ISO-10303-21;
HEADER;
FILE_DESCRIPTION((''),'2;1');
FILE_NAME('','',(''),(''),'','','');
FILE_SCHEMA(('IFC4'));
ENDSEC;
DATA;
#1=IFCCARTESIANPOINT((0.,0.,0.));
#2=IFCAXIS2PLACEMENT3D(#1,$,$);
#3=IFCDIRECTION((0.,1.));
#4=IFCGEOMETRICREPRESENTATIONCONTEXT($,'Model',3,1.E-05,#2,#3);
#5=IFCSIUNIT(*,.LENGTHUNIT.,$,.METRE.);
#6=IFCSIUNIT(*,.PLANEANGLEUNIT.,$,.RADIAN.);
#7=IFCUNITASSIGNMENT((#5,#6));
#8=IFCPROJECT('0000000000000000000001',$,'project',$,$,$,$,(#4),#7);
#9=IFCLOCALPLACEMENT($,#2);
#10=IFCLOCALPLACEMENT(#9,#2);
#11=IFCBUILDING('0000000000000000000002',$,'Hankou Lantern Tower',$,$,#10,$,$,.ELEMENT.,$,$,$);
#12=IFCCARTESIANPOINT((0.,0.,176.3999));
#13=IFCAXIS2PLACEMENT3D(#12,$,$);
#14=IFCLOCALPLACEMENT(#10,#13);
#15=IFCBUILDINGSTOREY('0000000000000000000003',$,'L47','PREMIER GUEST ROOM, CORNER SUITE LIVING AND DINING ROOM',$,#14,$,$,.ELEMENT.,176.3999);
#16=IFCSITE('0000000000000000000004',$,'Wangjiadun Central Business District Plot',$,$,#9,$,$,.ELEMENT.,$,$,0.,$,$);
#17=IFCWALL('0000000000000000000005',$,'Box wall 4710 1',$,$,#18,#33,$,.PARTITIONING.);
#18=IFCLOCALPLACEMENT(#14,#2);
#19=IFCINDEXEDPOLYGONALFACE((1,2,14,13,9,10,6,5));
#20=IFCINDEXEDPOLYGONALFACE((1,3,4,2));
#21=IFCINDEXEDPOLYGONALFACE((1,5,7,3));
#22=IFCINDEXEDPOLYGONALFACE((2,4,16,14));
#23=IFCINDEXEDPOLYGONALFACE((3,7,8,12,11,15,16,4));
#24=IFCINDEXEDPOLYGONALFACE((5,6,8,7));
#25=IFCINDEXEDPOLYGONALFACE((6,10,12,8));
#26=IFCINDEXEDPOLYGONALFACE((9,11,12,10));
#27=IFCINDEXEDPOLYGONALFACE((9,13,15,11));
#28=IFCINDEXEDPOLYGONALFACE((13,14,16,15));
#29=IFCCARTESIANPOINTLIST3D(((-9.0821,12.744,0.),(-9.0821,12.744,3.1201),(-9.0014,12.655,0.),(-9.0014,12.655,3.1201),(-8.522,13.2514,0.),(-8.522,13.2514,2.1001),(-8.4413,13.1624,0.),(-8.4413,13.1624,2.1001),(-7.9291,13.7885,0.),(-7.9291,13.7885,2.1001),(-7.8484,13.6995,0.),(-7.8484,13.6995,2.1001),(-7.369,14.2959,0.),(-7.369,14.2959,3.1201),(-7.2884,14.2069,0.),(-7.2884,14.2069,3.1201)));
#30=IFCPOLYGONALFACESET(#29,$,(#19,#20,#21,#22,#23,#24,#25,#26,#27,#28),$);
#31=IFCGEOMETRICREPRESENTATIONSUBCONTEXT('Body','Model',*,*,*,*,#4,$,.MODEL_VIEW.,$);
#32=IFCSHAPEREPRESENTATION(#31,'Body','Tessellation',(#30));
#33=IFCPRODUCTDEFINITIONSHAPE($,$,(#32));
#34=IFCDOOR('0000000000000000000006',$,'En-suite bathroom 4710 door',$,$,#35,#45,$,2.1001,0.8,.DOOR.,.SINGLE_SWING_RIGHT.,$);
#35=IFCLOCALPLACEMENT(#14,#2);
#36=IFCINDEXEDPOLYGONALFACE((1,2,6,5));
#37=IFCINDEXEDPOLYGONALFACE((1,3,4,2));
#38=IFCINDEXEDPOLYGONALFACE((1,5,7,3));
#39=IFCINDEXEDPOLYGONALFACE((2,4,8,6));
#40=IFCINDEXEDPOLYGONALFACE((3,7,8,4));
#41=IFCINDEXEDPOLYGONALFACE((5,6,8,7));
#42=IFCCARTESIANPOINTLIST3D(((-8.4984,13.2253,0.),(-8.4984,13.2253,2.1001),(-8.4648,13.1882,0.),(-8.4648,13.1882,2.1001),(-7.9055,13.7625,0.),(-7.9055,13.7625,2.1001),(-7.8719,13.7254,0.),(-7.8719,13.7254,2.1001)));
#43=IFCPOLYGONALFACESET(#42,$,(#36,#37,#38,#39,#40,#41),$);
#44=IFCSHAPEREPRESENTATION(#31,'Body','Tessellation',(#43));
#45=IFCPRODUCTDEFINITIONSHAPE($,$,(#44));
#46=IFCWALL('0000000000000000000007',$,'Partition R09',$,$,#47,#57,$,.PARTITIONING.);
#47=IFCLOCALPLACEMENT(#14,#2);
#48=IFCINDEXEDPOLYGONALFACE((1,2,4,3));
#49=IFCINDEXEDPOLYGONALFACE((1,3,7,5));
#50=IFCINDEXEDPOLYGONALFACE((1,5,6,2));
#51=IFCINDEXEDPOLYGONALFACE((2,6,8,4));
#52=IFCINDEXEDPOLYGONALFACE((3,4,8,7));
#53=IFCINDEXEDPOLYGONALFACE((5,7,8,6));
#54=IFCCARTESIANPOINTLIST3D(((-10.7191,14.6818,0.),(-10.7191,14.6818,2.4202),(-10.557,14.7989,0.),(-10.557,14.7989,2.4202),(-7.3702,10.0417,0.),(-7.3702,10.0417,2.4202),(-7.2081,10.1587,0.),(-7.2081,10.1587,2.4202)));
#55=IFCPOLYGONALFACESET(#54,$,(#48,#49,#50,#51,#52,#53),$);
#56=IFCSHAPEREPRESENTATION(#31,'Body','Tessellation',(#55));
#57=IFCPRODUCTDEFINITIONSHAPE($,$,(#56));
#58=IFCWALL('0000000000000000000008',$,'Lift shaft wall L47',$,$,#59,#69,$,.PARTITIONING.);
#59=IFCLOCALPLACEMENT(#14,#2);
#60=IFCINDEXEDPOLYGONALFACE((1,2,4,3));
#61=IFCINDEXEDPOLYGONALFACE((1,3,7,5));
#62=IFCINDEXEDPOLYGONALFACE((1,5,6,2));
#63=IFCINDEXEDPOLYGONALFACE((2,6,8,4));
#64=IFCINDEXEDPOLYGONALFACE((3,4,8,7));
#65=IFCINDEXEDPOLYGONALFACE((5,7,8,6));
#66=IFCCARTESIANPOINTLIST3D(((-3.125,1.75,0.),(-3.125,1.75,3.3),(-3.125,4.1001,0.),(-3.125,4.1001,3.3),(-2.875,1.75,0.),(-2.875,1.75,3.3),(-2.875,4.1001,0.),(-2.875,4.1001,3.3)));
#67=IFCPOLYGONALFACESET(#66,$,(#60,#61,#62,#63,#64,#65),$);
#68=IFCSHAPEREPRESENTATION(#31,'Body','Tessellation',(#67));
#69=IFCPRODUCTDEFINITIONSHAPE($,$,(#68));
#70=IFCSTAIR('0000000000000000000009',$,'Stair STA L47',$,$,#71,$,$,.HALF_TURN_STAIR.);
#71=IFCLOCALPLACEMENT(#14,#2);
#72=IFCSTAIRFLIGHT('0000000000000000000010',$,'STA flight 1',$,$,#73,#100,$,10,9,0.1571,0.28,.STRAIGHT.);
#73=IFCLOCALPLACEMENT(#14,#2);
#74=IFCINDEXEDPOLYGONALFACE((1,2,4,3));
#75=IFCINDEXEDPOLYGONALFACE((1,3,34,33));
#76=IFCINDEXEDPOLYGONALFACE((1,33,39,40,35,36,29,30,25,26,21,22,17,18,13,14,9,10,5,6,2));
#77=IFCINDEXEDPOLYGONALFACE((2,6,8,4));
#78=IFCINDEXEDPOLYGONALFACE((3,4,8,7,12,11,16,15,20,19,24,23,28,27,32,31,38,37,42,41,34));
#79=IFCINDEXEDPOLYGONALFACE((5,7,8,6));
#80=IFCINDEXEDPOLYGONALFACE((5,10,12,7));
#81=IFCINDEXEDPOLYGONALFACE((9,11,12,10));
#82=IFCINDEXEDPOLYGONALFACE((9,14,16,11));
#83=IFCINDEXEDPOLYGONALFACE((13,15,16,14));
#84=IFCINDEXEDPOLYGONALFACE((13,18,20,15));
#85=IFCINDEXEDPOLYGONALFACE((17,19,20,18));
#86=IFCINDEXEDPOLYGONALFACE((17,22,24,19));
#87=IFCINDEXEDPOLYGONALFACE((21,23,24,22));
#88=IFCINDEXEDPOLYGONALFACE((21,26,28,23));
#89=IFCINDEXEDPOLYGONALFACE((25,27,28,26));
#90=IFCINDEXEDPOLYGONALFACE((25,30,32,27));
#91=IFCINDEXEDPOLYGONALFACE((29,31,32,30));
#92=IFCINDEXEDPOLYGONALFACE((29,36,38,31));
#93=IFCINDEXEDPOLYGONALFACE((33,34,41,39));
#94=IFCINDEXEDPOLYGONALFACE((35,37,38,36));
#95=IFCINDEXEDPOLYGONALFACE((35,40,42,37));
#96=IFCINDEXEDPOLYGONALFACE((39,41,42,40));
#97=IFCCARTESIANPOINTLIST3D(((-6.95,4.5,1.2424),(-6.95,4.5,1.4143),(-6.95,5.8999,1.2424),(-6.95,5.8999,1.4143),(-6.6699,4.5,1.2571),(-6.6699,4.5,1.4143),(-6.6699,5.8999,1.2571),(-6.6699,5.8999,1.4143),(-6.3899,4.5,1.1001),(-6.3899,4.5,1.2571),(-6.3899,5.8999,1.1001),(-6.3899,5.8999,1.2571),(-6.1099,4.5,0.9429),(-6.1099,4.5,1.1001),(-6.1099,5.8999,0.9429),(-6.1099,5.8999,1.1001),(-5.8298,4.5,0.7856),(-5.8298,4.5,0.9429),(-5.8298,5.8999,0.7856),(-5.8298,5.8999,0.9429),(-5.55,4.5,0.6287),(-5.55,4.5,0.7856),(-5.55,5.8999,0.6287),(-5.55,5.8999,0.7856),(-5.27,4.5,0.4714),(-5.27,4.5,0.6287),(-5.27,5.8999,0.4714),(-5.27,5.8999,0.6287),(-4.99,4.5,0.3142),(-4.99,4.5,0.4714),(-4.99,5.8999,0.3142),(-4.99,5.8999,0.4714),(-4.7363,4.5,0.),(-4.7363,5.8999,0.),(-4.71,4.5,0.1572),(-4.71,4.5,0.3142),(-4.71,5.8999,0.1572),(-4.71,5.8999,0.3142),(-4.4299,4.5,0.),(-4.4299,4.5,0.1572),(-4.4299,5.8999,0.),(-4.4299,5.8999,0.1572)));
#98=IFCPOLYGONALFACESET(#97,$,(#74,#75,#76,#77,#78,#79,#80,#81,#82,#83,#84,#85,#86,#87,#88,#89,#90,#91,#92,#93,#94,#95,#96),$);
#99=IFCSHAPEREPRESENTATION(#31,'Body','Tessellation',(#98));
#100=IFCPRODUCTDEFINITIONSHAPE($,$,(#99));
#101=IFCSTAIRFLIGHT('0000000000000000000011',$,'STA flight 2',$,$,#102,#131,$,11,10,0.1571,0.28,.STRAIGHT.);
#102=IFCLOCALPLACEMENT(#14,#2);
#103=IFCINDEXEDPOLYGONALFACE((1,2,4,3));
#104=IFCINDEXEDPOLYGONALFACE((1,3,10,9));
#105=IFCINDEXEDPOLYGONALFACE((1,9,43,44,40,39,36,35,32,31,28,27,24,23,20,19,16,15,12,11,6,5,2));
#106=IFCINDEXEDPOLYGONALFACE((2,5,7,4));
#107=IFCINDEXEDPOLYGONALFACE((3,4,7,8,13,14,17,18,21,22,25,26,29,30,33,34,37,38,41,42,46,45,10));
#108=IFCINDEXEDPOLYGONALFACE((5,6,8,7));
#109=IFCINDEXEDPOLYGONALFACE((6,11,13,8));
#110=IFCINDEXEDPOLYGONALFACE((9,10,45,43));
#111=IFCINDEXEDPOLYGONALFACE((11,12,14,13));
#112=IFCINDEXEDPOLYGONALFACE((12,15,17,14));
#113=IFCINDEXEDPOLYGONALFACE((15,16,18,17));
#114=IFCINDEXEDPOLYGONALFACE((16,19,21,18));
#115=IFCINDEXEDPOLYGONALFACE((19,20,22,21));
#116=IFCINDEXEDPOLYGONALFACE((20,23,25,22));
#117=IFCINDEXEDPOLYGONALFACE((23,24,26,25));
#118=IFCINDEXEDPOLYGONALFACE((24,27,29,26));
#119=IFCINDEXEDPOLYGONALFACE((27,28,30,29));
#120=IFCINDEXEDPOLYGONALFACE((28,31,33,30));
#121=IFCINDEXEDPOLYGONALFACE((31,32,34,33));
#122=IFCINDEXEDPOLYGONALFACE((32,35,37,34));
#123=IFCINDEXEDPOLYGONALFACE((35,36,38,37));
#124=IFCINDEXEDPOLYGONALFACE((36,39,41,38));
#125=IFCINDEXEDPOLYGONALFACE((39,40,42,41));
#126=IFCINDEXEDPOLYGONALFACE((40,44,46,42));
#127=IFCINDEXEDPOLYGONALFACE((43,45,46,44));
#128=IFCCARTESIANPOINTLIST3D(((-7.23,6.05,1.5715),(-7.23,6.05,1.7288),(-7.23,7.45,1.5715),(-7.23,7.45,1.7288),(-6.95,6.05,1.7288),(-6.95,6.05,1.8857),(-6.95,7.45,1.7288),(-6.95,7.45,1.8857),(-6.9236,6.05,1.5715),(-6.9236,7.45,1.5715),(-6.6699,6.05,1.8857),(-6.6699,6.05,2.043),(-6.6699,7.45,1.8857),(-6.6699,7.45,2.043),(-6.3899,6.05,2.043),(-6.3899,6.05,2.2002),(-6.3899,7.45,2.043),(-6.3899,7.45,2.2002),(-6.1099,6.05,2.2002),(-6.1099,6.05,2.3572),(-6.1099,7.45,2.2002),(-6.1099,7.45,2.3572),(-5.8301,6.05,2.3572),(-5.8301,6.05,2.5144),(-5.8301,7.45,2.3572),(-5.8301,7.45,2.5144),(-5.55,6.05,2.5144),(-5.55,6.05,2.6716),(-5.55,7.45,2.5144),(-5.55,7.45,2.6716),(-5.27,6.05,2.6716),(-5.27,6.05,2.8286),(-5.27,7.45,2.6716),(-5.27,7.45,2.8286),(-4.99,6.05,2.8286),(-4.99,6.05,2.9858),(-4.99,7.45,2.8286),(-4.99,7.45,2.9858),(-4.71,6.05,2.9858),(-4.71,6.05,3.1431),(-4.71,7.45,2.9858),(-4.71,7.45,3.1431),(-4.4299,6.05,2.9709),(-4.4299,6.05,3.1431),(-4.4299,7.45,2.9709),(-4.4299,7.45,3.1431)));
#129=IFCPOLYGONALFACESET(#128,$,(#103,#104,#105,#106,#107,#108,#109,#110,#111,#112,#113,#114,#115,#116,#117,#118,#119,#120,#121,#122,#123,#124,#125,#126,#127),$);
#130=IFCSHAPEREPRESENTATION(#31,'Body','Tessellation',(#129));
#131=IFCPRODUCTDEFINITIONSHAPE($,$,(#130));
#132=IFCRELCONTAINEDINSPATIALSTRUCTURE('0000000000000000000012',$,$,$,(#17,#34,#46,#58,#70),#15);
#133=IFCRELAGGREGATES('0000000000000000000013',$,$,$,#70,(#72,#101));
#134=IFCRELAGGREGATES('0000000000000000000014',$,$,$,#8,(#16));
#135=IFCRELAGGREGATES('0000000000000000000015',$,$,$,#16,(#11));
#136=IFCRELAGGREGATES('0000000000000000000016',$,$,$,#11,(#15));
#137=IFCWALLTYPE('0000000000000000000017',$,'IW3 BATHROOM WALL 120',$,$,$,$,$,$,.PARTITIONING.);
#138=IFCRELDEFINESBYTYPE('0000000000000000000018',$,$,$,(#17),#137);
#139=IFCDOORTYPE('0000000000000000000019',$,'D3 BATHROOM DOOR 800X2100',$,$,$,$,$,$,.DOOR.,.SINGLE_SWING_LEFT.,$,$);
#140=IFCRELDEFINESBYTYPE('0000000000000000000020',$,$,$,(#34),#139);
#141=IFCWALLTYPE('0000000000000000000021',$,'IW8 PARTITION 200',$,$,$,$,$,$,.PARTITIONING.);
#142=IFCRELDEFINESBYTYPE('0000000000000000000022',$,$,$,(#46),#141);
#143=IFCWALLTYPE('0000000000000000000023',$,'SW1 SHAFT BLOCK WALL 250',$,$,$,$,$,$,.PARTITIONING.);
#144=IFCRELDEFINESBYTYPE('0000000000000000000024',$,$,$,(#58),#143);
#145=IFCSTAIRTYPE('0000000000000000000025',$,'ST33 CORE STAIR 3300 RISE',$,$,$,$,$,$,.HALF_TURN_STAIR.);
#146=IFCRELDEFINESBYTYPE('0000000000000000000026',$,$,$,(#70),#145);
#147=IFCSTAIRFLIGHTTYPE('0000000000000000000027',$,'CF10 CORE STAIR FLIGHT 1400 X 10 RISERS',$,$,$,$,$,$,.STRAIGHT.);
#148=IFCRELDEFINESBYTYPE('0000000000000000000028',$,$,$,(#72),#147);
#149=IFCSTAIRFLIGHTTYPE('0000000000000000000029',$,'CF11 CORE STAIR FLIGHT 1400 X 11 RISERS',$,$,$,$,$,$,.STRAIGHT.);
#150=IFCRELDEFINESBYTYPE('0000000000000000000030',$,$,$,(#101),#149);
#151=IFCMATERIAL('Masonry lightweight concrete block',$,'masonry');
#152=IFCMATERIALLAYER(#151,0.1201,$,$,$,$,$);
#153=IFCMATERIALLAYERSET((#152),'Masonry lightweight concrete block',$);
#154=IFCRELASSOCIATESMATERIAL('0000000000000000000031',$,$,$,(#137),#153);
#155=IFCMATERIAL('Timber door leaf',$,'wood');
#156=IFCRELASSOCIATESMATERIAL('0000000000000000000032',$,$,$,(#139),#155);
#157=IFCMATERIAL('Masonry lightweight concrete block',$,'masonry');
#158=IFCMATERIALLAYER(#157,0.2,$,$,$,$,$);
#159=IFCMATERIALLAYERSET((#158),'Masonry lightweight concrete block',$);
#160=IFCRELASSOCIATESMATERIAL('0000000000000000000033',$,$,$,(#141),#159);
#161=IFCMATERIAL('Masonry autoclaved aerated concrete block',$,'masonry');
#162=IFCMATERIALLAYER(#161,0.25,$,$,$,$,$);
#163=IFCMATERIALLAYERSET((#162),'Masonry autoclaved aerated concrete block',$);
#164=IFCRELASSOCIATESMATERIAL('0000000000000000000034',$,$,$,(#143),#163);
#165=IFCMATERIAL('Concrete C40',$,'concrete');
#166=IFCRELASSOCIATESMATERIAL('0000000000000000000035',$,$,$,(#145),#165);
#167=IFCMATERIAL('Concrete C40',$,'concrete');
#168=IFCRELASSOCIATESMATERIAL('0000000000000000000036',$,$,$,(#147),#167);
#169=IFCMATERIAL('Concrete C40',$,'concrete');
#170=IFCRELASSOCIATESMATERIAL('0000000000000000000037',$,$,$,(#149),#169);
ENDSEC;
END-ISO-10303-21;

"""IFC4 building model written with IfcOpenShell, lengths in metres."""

from ifc_helpers import new_model, si_unit, direction, frame, frame_2d, origin, place, context, subcontext, project, spatial, polyline, rectangle, outline, extrude, material, layer, layer_set, type_object, element, fill, aggregate, save


model = new_model("IFC4")

# Units and contexts
model_context = context("Model", 3, precision=1e-05, world=origin(), true_north=direction((0.0, 1.0)))
body_context = subcontext(model_context, "Body", "Model", "MODEL_VIEW")
ifc_project = project(units=[si_unit("LENGTHUNIT", "METRE"), si_unit("PLANEANGLEUNIT", "RADIAN")], contexts=[model_context])

# Site, building, storey
site_placement = place(None, origin())
site = spatial("IfcSite", under=ifc_project, at=site_placement, Name="Wangjiadun Central Business District Plot", CompositionType="ELEMENT", RefElevation=0.0)
building_placement = place(site_placement, origin())
building = spatial("IfcBuilding", under=site, at=building_placement, Name="Hankou Lantern Tower", CompositionType="ELEMENT")
storey_placement = place(building_placement, frame((0.0, 0.0, 176.3999)))
storey = spatial("IfcBuildingStorey", under=building, at=storey_placement, Name="L47", Description="PREMIER GUEST ROOM, CORNER SUITE LIVING AND DINING ROOM", CompositionType="ELEMENT", Elevation=176.3999)

# Wall, opening, door
ifc_material_1 = material(Name="Masonry lightweight concrete block", Category="masonry")
ifc_layer_1 = layer(ifc_material_1, 0.1201)
ifc_layer_set_1 = layer_set([ifc_layer_1], Name="Masonry lightweight concrete block")
wall_type_1 = type_object("IfcWallType", Name="IW3 BATHROOM WALL 120", PredefinedType="PARTITIONING", material=ifc_layer_set_1)
wall_1_placement = place(storey_placement, frame((-9.0417, 12.6995, 0.0), z_axis=(0.0, 0.0, 1.0), x_axis=(0.7411, 0.671394, 0.0)))
wall_1 = element("IfcWall", 1, at=wall_1_placement, inside=storey, type_object=wall_type_1, Name="Box wall 4710 1", PredefinedType="PARTITIONING", context=body_context, shape_type="SweptSolid", body=[
    extrude(rectangle(XDim=2.3115, YDim=0.1201, at=frame_2d((1.1558, 0.0))), origin(), (0.0, 0.0, 1.0), 3.1201),
])
opening_1_placement = place(wall_1_placement, frame((0.7559, 0.0, 0.0)))
opening_1 = element("IfcOpeningElement", 2, at=opening_1_placement, cuts=wall_1, PredefinedType="OPENING", context=body_context, shape_type="SweptSolid", body=[
    extrude(rectangle(XDim=0.8, YDim=2.1001, at=frame_2d((0.3999, 1.05))), frame((0.0, 0.0701, 0.0), z_axis=(0.0, -1.0, 0.0), x_axis=(1.0, 0.0, 0.0)), (0.0, 0.0, 1.0), 0.1401),
])
ifc_material_2 = material(Name="Timber door leaf", Category="wood")
door_type_1 = type_object("IfcDoorType", Name="D3 BATHROOM DOOR 800X2100", OperationType="SINGLE_SWING_LEFT", PredefinedType="DOOR", material=ifc_material_2)
door_1_placement = place(opening_1_placement, origin())
door_1 = element("IfcDoor", 3, at=door_1_placement, inside=storey, type_object=door_type_1, Name="En-suite bathroom 4710 door", OperationType="SINGLE_SWING_RIGHT", OverallHeight=2.1001, OverallWidth=0.8, PredefinedType="DOOR", context=body_context, shape_type="SweptSolid", body=[
    extrude(rectangle(XDim=0.8, YDim=2.1001, at=frame_2d((0.3999, 1.05))), frame((0.0, 0.0249, 0.0), z_axis=(0.0, -1.0, 0.0), x_axis=(1.0, 0.0, 0.0)), (0.0, 0.0, 1.0), 0.05),
])
fill(opening_1, door_1)

# Walls
ifc_material_3 = material(Name="Masonry lightweight concrete block", Category="masonry")
ifc_layer_2 = layer(ifc_material_3, 0.2)
ifc_layer_set_2 = layer_set([ifc_layer_2], Name="Masonry lightweight concrete block")
wall_type_2 = type_object("IfcWallType", Name="IW8 PARTITION 200", PredefinedType="PARTITIONING", material=ifc_layer_set_2)
wall_2_placement = place(storey_placement, frame((-7.2891, 10.1001, 0.0), z_axis=(0.0, 0.0, 1.0), x_axis=(-0.585223, 0.810873, 0.0)))
element("IfcWall", 4, at=wall_2_placement, inside=storey, type_object=wall_type_2, Name="Partition R09", PredefinedType="PARTITIONING", context=body_context, shape_type="SweptSolid", body=[
    extrude(rectangle(XDim=5.7224, YDim=0.2, at=frame_2d((2.8613, 0.0))), origin(), (0.0, 0.0, 1.0), 2.4202),
])
ifc_material_4 = material(Name="Masonry autoclaved aerated concrete block", Category="masonry")
ifc_layer_3 = layer(ifc_material_4, 0.25)
ifc_layer_set_3 = layer_set([ifc_layer_3], Name="Masonry autoclaved aerated concrete block")
wall_type_3 = type_object("IfcWallType", Name="SW1 SHAFT BLOCK WALL 250", PredefinedType="PARTITIONING", material=ifc_layer_set_3)
wall_3_placement = place(storey_placement, frame((-3.0, 1.75, 0.0), z_axis=(0.0, 0.0, 1.0), x_axis=(0.0, 1.0, 0.0)))
element("IfcWall", 5, at=wall_3_placement, inside=storey, type_object=wall_type_3, Name="Lift shaft wall L47", PredefinedType="PARTITIONING", context=body_context, shape_type="SweptSolid", body=[
    extrude(rectangle(XDim=2.3501, YDim=0.25, at=frame_2d((1.175, 0.0))), origin(), (0.0, 0.0, 1.0), 3.3),
])

# Stair, stair flights
ifc_material_5 = material(Name="Concrete C40", Category="concrete")
stair_type = type_object("IfcStairType", Name="ST33 CORE STAIR 3300 RISE", PredefinedType="HALF_TURN_STAIR", material=ifc_material_5)
stair_placement = place(storey_placement, origin())
stair = element("IfcStair", 6, at=stair_placement, inside=storey, type_object=stair_type, Name="Stair STA L47", PredefinedType="HALF_TURN_STAIR")
ifc_material_6 = material(Name="Concrete C40", Category="concrete")
stair_flight_type_1 = type_object("IfcStairFlightType", Name="CF10 CORE STAIR FLIGHT 1400 X 10 RISERS", PredefinedType="STRAIGHT", material=ifc_material_6)
stair_flight_1_placement = place(storey_placement, frame((-4.4299, 5.2, 0.0), z_axis=(0.0, 0.0, 1.0), x_axis=(-1.0, 0.0, 0.0)))
stair_flight_1 = element("IfcStairFlight", 7, at=stair_flight_1_placement, type_object=stair_flight_type_1, Name="STA flight 1", NumberOfRisers=10, NumberOfTreads=9, PredefinedType="STRAIGHT", RiserHeight=0.1571, TreadLength=0.28, context=body_context, shape_type="SweptSolid", body=[
    extrude(outline(polyline([(0.0, 0.0), (0.0, 0.1572), (0.28, 0.1572), (0.28, 0.3142), (0.5601, 0.3142), (0.5601, 0.4714), (0.8401, 0.4714), (0.8401, 0.6287), (1.1201, 0.6287), (1.1201, 0.7856), (1.3999, 0.7856), (1.3999, 0.9429), (1.6799, 0.9429), (1.6799, 1.1001), (1.96, 1.1001), (1.96, 1.2571), (2.24, 1.2571), (2.24, 1.4143), (2.52, 1.4143), (2.52, 1.5715), (2.52, 1.2424), (0.3064, 0.0), (0.0, 0.0)])), frame((0.0, 0.7, 0.0), z_axis=(0.0, -1.0, 0.0), x_axis=(1.0, 0.0, 0.0)), (0.0, 0.0, 1.0), 1.3999),
])
ifc_material_7 = material(Name="Concrete C40", Category="concrete")
stair_flight_type_2 = type_object("IfcStairFlightType", Name="CF11 CORE STAIR FLIGHT 1400 X 11 RISERS", PredefinedType="STRAIGHT", material=ifc_material_7)
stair_flight_2_placement = place(storey_placement, frame((-7.23, 6.75, 1.5715), z_axis=(0.0, 0.0, 1.0), x_axis=(1.0, 0.0, 0.0)))
stair_flight_2 = element("IfcStairFlight", 8, at=stair_flight_2_placement, type_object=stair_flight_type_2, Name="STA flight 2", NumberOfRisers=11, NumberOfTreads=10, PredefinedType="STRAIGHT", RiserHeight=0.1571, TreadLength=0.28, context=body_context, shape_type="SweptSolid", body=[
    extrude(outline(polyline([(0.0, 0.0), (0.0, 0.1572), (0.28, 0.1572), (0.28, 0.3142), (0.5601, 0.3142), (0.5601, 0.4714), (0.8401, 0.4714), (0.8401, 0.6287), (1.1201, 0.6287), (1.1201, 0.7856), (1.3999, 0.7856), (1.3999, 0.9429), (1.6799, 0.9429), (1.6799, 1.1001), (1.96, 1.1001), (1.96, 1.2571), (2.24, 1.2571), (2.24, 1.4143), (2.52, 1.4143), (2.52, 1.5715), (2.8, 1.5715), (2.8, 1.7285), (2.8, 1.3994), (0.3064, 0.0), (0.0, 0.0)])), frame((0.0, 0.7, 0.0), z_axis=(0.0, -1.0, 0.0), x_axis=(1.0, 0.0, 0.0)), (0.0, 0.0, 1.0), 1.3999),
])
aggregate(stair, [stair_flight_1, stair_flight_2])

save(model, "model.ifc")
